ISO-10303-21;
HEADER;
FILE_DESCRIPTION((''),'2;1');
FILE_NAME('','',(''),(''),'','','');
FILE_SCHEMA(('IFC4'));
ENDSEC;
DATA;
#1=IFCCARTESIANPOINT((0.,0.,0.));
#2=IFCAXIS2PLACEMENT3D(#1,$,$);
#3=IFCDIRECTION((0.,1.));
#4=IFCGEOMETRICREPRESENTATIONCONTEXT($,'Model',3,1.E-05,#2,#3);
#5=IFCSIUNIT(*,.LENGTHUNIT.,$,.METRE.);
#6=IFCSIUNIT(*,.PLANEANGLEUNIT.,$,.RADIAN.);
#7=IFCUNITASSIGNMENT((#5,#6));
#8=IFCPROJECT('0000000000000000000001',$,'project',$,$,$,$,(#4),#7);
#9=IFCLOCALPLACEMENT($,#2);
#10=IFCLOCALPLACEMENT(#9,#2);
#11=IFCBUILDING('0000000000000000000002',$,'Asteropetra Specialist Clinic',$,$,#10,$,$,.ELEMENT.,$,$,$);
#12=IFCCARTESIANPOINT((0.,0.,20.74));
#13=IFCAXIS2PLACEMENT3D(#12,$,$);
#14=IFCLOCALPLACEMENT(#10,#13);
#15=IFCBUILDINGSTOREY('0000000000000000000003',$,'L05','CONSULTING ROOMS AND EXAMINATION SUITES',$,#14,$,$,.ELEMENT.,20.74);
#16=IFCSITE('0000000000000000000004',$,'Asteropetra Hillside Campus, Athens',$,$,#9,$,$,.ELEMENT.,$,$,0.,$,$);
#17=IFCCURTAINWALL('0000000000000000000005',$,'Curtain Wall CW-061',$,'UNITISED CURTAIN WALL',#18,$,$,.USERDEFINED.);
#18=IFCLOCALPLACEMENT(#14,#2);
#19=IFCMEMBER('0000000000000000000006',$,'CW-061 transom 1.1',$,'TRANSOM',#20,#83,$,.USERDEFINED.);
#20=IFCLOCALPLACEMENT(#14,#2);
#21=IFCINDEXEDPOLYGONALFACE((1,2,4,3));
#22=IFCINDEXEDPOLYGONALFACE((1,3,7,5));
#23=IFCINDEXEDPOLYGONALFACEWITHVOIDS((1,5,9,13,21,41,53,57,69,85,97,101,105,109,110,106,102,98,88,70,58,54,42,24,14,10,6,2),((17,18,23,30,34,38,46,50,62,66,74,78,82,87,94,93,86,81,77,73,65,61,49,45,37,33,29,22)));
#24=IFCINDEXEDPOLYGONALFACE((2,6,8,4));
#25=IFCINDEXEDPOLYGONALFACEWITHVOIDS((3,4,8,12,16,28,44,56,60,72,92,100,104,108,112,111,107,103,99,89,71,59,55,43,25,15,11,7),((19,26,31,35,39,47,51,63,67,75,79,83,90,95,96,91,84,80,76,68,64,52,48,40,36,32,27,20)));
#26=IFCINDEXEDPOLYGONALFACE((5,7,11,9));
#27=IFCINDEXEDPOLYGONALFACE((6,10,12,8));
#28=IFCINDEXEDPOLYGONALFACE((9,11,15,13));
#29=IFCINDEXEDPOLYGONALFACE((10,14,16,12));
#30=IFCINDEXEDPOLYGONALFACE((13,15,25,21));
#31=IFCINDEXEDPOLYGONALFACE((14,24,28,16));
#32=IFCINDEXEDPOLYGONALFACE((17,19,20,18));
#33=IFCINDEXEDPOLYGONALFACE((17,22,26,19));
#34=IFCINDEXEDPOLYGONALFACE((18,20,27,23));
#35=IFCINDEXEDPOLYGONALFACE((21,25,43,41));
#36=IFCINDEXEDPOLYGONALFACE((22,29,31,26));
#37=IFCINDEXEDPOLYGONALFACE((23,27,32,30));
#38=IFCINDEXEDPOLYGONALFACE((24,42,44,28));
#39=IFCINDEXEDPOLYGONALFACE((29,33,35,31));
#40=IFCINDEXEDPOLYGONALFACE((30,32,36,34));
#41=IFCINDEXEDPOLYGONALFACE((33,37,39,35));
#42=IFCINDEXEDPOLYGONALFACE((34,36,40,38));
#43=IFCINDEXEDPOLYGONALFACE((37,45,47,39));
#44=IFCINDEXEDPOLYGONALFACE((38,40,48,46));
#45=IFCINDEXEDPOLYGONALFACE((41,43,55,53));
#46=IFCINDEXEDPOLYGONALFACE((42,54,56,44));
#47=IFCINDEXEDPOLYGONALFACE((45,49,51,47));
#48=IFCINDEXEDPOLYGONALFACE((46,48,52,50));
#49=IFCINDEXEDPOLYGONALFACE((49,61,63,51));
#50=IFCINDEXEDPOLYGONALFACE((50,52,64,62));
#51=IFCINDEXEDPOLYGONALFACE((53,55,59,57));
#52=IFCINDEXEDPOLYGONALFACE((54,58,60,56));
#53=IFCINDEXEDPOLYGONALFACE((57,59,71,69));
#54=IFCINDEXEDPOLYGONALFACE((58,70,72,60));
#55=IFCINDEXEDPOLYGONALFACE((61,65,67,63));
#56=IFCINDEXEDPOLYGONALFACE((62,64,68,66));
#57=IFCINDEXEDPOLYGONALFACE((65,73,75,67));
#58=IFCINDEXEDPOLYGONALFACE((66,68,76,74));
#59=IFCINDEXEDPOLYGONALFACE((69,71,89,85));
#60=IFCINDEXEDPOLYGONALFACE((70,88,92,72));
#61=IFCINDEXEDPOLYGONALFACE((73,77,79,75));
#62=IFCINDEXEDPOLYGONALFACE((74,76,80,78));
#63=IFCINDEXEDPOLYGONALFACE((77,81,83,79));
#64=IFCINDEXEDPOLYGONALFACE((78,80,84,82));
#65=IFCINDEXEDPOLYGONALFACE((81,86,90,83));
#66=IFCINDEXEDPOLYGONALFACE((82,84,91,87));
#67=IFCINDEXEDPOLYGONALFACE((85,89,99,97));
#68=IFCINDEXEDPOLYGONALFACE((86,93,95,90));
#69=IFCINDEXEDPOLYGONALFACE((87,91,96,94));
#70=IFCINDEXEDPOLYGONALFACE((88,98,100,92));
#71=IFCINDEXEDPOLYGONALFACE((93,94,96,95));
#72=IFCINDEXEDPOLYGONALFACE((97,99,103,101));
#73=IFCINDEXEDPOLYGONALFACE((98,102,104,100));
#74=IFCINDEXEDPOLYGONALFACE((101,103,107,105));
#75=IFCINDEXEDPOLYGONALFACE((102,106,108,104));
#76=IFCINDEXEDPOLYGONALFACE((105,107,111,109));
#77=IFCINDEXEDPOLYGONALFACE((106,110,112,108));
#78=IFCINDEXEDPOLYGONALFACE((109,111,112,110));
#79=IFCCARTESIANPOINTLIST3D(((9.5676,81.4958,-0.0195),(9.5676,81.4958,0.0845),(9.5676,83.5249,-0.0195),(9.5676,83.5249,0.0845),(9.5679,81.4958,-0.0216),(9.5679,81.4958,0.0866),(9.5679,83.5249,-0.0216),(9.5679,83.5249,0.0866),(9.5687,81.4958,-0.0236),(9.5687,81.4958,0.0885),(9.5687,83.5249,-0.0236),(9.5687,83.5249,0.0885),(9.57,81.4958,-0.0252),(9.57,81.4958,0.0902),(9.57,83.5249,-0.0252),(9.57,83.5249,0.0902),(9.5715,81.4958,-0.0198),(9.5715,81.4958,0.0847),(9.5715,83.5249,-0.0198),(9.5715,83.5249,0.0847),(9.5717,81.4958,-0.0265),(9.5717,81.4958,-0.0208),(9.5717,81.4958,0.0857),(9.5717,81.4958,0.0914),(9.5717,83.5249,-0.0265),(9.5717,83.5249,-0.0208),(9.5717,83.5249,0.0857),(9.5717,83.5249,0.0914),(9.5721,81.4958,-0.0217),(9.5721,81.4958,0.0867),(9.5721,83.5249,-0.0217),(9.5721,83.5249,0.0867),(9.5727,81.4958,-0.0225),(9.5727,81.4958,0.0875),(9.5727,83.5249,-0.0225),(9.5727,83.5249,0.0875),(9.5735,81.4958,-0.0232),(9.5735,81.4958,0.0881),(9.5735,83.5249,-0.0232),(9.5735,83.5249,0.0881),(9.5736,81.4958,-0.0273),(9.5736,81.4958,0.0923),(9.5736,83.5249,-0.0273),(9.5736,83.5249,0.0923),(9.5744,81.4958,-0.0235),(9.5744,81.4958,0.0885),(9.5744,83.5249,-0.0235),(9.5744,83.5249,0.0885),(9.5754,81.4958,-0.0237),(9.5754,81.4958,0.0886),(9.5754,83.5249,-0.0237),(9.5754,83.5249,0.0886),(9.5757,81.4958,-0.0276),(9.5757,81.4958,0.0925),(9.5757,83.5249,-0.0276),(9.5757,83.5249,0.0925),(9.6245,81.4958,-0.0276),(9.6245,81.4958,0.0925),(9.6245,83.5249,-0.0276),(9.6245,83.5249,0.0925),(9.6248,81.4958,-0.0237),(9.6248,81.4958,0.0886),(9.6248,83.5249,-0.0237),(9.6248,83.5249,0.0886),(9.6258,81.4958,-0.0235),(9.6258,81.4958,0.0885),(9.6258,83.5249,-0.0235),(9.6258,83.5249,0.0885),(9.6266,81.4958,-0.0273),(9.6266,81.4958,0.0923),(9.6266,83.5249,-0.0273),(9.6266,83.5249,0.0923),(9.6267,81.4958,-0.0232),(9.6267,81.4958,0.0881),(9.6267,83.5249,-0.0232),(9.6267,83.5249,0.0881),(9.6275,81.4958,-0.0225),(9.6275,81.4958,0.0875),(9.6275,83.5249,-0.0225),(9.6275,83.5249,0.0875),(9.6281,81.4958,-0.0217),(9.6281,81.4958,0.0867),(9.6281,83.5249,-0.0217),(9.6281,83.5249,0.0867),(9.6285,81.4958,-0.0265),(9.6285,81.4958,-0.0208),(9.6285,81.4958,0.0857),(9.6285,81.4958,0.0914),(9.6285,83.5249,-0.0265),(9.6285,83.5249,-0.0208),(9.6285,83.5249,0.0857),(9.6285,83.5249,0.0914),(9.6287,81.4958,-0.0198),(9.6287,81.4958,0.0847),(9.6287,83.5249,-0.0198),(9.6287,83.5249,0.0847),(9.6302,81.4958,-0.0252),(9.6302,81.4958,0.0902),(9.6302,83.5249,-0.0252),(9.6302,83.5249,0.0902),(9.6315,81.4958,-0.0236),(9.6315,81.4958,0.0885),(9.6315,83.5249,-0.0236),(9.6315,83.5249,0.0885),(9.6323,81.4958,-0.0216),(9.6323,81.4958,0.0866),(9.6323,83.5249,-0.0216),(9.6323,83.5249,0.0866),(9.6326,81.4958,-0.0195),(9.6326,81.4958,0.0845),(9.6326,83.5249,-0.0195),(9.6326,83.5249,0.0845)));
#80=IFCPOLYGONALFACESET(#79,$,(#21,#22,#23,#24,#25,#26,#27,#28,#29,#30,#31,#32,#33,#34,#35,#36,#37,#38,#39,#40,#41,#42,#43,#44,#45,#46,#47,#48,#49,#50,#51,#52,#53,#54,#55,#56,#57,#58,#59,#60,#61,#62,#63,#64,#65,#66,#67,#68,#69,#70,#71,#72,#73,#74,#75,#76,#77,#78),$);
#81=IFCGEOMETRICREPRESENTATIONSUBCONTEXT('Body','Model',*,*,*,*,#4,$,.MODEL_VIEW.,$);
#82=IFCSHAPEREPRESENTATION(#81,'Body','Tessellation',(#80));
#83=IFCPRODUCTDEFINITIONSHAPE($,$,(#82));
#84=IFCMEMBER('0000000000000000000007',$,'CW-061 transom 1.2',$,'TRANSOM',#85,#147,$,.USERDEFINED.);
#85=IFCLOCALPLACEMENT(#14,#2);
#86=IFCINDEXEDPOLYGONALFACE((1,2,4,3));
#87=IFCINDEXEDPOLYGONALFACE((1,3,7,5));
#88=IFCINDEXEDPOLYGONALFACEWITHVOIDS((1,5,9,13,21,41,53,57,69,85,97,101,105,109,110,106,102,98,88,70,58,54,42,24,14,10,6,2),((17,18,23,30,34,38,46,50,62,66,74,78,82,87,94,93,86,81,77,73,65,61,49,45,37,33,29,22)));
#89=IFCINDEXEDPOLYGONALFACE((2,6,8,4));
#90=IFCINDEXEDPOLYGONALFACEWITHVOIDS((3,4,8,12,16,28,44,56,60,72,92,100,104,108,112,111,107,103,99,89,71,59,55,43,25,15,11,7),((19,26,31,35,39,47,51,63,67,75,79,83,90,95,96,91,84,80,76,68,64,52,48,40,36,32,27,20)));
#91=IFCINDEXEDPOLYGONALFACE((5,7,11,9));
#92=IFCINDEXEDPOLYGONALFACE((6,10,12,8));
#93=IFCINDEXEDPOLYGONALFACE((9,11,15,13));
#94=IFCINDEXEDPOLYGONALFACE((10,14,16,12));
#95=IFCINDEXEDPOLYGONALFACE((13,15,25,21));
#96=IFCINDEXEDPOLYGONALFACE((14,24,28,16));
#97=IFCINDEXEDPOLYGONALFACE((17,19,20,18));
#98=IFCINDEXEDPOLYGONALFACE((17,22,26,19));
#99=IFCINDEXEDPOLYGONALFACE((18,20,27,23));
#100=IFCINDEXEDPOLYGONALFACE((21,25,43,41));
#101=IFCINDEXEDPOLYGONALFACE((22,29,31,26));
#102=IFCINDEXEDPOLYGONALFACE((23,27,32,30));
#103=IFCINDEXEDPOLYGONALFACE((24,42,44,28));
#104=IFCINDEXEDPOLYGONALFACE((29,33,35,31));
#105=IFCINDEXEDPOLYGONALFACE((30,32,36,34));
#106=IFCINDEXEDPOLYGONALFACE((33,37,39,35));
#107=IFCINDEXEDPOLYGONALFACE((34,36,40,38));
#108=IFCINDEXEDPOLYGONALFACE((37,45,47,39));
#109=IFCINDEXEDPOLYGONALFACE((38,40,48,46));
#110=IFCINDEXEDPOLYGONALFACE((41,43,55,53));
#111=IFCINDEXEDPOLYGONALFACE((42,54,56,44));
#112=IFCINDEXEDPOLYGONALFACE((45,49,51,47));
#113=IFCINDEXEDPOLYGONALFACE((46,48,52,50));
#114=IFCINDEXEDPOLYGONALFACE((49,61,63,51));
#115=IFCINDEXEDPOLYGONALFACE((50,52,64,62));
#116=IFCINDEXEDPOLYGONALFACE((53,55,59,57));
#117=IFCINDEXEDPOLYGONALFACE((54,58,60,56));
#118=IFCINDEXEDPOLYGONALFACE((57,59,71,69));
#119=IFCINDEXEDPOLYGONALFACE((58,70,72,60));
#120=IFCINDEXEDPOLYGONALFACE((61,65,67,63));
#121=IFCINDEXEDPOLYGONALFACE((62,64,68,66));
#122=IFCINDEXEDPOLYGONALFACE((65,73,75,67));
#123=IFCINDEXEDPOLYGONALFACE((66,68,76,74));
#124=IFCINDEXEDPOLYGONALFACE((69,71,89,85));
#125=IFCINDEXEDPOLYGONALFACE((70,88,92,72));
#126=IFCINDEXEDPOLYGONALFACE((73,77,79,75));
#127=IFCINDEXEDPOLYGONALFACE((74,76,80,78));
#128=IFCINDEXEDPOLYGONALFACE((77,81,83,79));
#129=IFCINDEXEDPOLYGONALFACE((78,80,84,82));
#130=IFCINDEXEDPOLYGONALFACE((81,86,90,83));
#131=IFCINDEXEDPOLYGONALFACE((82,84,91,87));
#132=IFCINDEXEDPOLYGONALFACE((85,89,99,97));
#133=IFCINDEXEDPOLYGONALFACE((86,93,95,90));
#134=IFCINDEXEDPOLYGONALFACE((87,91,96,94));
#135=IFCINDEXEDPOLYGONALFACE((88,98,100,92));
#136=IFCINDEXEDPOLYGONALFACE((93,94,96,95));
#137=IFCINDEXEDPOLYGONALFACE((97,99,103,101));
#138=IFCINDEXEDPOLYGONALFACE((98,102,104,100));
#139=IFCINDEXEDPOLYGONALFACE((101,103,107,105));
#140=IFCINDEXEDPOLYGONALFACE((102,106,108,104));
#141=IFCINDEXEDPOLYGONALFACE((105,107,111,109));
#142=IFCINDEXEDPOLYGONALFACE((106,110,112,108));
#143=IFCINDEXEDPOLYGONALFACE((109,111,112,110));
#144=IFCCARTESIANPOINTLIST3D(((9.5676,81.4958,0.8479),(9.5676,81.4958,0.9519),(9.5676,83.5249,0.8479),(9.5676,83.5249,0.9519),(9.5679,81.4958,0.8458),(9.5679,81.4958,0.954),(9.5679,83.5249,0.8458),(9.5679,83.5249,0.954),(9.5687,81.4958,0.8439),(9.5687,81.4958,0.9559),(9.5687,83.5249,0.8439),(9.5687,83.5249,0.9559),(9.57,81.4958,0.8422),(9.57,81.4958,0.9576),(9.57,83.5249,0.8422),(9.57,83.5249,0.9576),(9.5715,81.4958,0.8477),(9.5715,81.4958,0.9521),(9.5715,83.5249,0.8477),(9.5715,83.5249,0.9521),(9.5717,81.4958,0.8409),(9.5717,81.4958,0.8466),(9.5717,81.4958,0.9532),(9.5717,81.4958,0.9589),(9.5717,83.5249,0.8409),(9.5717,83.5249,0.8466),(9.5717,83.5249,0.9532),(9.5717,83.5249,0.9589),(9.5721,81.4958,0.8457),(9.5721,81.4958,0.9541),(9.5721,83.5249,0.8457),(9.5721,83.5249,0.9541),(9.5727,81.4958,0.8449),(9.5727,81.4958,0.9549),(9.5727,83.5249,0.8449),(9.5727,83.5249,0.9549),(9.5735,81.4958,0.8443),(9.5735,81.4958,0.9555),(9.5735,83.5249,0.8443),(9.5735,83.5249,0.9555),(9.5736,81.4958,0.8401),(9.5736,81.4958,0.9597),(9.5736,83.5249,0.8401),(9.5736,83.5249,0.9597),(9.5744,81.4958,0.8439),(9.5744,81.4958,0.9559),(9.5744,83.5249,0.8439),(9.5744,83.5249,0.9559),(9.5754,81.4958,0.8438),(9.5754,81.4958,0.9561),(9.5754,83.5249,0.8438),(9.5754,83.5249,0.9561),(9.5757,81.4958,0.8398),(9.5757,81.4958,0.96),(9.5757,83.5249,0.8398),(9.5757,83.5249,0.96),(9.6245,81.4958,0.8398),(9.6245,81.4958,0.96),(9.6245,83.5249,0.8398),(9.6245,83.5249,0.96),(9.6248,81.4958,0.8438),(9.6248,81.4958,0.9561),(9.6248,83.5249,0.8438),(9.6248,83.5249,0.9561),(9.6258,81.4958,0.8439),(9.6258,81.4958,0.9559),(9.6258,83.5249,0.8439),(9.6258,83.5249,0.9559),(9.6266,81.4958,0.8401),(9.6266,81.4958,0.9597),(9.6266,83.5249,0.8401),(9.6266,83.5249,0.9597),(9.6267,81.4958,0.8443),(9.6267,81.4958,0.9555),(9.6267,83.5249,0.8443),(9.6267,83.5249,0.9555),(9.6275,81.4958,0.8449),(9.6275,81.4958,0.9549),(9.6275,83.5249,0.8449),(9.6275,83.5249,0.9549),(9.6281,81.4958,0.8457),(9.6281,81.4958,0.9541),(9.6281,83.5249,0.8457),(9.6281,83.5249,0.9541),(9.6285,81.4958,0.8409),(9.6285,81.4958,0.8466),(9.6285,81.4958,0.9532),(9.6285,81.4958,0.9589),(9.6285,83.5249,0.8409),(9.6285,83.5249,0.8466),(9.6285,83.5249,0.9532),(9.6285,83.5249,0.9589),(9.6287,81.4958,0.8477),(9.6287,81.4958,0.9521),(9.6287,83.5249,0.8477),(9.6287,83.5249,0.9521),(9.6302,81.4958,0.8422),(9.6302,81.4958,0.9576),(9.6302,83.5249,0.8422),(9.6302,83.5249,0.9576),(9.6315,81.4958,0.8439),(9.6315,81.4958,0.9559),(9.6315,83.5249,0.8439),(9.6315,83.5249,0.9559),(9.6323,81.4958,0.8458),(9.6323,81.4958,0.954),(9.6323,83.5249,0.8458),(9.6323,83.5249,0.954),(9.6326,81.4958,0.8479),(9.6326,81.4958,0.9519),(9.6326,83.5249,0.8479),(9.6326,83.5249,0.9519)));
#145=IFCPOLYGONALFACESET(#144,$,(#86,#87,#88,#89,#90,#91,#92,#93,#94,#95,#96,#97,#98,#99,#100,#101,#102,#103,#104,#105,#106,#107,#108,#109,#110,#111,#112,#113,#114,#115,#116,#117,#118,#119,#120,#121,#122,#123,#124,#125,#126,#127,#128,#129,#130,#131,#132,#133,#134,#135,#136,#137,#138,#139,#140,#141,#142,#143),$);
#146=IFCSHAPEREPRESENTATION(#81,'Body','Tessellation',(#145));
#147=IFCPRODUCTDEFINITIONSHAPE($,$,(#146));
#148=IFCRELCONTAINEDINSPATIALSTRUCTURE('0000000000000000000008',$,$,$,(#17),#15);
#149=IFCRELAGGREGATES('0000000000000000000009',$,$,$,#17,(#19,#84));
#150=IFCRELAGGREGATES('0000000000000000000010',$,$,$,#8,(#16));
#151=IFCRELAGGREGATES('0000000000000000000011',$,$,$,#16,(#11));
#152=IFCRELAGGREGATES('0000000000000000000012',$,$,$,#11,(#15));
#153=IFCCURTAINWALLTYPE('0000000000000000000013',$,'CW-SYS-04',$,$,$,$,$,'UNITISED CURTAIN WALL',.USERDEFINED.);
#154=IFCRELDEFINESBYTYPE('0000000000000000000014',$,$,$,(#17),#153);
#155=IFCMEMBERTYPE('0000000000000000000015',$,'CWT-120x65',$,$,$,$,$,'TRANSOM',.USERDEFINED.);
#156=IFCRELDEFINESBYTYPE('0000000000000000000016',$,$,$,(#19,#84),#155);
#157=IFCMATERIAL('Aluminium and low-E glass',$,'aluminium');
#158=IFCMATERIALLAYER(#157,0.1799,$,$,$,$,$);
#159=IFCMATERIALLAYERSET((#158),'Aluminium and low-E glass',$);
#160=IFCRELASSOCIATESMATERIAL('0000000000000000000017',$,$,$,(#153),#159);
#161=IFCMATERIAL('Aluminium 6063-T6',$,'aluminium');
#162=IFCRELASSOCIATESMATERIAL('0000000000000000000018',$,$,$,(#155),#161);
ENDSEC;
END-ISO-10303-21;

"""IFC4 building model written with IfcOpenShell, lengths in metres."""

from ifc_helpers import new_model, si_unit, direction, frame, origin, origin_2d, place, context, subcontext, project, spatial, hollow_rectangle, extrude, material, layer, layer_set, material_profile, profile_set, type_object, element, aggregate, save


model = new_model("IFC4")

# Units and contexts
model_context = context("Model", 3, precision=1e-05, world=origin(), true_north=direction((0.0, 1.0)))
body_context = subcontext(model_context, "Body", "Model", "MODEL_VIEW")
ifc_project = project(units=[si_unit("LENGTHUNIT", "METRE"), si_unit("PLANEANGLEUNIT", "RADIAN")], contexts=[model_context])

# Site, building, storey
site_placement = place(None, origin())
site = spatial("IfcSite", under=ifc_project, at=site_placement, Name="Asteropetra Hillside Campus, Athens", CompositionType="ELEMENT", RefElevation=0.0)
building_placement = place(site_placement, origin())
building = spatial("IfcBuilding", under=site, at=building_placement, Name="Asteropetra Specialist Clinic", CompositionType="ELEMENT")
storey_placement = place(building_placement, frame((0.0, 0.0, 20.74)))
storey = spatial("IfcBuildingStorey", under=building, at=storey_placement, Name="L05", Description="CONSULTING ROOMS AND EXAMINATION SUITES", CompositionType="ELEMENT", Elevation=20.74)

# Curtain wall
ifc_material_1 = material(Name="Aluminium and low-E glass", Category="aluminium")
ifc_layer_1 = layer(ifc_material_1, 0.1799)
ifc_layer_set_1 = layer_set([ifc_layer_1], Name="Aluminium and low-E glass")
curtain_wall_type_1 = type_object("IfcCurtainWallType", Name="CW-SYS-04", ElementType="UNITISED CURTAIN WALL", PredefinedType="USERDEFINED", material=ifc_layer_set_1)
curtain_wall_1_placement = place(storey_placement, origin())
curtain_wall_1 = element("IfcCurtainWall", 1, at=curtain_wall_1_placement, inside=storey, type_object=curtain_wall_type_1, Name="Curtain Wall CW-061", ObjectType="UNITISED CURTAIN WALL", PredefinedType="USERDEFINED")

# Members
ifc_material_2 = material(Name="Aluminium 6063-T6", Category="aluminium")
ifc_material_profile_1 = material_profile(ifc_material_2, hollow_rectangle(XDim=0.0649, YDim=0.1201, WallThickness=0.0039, InnerFilletRadius=0.0039, OuterFilletRadius=0.0081, at=origin_2d()), Name="TRN 120x65x4.0")
ifc_profile_set_1 = profile_set([ifc_material_profile_1], Name="Aluminium 6063-T6")
member_type_1 = type_object("IfcMemberType", Name="CWT-120x65", ElementType="TRANSOM", PredefinedType="USERDEFINED", material=ifc_profile_set_1)
member_1_placement = place(storey_placement, frame((9.6001, 83.5249, 0.0325), z_axis=(0.0, -1.0, 0.0), x_axis=(1.0, 0.0, 0.0)))
member_1 = element("IfcMember", 2, at=member_1_placement, type_object=member_type_1, Name="CW-061 transom 1.1", ObjectType="TRANSOM", PredefinedType="USERDEFINED", context=body_context, shape_type="SweptSolid", body=[
    extrude(hollow_rectangle(XDim=0.0649, YDim=0.1201, WallThickness=0.0039, InnerFilletRadius=0.0039, OuterFilletRadius=0.0081, at=origin_2d()), origin(), (0.0, 0.0, 1.0), 2.0291),
])
member_2_placement = place(storey_placement, frame((9.6001, 83.5249, 0.8999), z_axis=(0.0, -1.0, 0.0), x_axis=(1.0, 0.0, 0.0)))
member_2 = element("IfcMember", 3, at=member_2_placement, type_object=member_type_1, Name="CW-061 transom 1.2", ObjectType="TRANSOM", PredefinedType="USERDEFINED", context=body_context, shape_type="SweptSolid", body=[
    extrude(hollow_rectangle(XDim=0.0649, YDim=0.1201, WallThickness=0.0039, InnerFilletRadius=0.0039, OuterFilletRadius=0.0081, at=origin_2d()), origin(), (0.0, 0.0, 1.0), 2.0291),
])

aggregate(curtain_wall_1, [member_1, member_2])

save(model, "model.ifc")
